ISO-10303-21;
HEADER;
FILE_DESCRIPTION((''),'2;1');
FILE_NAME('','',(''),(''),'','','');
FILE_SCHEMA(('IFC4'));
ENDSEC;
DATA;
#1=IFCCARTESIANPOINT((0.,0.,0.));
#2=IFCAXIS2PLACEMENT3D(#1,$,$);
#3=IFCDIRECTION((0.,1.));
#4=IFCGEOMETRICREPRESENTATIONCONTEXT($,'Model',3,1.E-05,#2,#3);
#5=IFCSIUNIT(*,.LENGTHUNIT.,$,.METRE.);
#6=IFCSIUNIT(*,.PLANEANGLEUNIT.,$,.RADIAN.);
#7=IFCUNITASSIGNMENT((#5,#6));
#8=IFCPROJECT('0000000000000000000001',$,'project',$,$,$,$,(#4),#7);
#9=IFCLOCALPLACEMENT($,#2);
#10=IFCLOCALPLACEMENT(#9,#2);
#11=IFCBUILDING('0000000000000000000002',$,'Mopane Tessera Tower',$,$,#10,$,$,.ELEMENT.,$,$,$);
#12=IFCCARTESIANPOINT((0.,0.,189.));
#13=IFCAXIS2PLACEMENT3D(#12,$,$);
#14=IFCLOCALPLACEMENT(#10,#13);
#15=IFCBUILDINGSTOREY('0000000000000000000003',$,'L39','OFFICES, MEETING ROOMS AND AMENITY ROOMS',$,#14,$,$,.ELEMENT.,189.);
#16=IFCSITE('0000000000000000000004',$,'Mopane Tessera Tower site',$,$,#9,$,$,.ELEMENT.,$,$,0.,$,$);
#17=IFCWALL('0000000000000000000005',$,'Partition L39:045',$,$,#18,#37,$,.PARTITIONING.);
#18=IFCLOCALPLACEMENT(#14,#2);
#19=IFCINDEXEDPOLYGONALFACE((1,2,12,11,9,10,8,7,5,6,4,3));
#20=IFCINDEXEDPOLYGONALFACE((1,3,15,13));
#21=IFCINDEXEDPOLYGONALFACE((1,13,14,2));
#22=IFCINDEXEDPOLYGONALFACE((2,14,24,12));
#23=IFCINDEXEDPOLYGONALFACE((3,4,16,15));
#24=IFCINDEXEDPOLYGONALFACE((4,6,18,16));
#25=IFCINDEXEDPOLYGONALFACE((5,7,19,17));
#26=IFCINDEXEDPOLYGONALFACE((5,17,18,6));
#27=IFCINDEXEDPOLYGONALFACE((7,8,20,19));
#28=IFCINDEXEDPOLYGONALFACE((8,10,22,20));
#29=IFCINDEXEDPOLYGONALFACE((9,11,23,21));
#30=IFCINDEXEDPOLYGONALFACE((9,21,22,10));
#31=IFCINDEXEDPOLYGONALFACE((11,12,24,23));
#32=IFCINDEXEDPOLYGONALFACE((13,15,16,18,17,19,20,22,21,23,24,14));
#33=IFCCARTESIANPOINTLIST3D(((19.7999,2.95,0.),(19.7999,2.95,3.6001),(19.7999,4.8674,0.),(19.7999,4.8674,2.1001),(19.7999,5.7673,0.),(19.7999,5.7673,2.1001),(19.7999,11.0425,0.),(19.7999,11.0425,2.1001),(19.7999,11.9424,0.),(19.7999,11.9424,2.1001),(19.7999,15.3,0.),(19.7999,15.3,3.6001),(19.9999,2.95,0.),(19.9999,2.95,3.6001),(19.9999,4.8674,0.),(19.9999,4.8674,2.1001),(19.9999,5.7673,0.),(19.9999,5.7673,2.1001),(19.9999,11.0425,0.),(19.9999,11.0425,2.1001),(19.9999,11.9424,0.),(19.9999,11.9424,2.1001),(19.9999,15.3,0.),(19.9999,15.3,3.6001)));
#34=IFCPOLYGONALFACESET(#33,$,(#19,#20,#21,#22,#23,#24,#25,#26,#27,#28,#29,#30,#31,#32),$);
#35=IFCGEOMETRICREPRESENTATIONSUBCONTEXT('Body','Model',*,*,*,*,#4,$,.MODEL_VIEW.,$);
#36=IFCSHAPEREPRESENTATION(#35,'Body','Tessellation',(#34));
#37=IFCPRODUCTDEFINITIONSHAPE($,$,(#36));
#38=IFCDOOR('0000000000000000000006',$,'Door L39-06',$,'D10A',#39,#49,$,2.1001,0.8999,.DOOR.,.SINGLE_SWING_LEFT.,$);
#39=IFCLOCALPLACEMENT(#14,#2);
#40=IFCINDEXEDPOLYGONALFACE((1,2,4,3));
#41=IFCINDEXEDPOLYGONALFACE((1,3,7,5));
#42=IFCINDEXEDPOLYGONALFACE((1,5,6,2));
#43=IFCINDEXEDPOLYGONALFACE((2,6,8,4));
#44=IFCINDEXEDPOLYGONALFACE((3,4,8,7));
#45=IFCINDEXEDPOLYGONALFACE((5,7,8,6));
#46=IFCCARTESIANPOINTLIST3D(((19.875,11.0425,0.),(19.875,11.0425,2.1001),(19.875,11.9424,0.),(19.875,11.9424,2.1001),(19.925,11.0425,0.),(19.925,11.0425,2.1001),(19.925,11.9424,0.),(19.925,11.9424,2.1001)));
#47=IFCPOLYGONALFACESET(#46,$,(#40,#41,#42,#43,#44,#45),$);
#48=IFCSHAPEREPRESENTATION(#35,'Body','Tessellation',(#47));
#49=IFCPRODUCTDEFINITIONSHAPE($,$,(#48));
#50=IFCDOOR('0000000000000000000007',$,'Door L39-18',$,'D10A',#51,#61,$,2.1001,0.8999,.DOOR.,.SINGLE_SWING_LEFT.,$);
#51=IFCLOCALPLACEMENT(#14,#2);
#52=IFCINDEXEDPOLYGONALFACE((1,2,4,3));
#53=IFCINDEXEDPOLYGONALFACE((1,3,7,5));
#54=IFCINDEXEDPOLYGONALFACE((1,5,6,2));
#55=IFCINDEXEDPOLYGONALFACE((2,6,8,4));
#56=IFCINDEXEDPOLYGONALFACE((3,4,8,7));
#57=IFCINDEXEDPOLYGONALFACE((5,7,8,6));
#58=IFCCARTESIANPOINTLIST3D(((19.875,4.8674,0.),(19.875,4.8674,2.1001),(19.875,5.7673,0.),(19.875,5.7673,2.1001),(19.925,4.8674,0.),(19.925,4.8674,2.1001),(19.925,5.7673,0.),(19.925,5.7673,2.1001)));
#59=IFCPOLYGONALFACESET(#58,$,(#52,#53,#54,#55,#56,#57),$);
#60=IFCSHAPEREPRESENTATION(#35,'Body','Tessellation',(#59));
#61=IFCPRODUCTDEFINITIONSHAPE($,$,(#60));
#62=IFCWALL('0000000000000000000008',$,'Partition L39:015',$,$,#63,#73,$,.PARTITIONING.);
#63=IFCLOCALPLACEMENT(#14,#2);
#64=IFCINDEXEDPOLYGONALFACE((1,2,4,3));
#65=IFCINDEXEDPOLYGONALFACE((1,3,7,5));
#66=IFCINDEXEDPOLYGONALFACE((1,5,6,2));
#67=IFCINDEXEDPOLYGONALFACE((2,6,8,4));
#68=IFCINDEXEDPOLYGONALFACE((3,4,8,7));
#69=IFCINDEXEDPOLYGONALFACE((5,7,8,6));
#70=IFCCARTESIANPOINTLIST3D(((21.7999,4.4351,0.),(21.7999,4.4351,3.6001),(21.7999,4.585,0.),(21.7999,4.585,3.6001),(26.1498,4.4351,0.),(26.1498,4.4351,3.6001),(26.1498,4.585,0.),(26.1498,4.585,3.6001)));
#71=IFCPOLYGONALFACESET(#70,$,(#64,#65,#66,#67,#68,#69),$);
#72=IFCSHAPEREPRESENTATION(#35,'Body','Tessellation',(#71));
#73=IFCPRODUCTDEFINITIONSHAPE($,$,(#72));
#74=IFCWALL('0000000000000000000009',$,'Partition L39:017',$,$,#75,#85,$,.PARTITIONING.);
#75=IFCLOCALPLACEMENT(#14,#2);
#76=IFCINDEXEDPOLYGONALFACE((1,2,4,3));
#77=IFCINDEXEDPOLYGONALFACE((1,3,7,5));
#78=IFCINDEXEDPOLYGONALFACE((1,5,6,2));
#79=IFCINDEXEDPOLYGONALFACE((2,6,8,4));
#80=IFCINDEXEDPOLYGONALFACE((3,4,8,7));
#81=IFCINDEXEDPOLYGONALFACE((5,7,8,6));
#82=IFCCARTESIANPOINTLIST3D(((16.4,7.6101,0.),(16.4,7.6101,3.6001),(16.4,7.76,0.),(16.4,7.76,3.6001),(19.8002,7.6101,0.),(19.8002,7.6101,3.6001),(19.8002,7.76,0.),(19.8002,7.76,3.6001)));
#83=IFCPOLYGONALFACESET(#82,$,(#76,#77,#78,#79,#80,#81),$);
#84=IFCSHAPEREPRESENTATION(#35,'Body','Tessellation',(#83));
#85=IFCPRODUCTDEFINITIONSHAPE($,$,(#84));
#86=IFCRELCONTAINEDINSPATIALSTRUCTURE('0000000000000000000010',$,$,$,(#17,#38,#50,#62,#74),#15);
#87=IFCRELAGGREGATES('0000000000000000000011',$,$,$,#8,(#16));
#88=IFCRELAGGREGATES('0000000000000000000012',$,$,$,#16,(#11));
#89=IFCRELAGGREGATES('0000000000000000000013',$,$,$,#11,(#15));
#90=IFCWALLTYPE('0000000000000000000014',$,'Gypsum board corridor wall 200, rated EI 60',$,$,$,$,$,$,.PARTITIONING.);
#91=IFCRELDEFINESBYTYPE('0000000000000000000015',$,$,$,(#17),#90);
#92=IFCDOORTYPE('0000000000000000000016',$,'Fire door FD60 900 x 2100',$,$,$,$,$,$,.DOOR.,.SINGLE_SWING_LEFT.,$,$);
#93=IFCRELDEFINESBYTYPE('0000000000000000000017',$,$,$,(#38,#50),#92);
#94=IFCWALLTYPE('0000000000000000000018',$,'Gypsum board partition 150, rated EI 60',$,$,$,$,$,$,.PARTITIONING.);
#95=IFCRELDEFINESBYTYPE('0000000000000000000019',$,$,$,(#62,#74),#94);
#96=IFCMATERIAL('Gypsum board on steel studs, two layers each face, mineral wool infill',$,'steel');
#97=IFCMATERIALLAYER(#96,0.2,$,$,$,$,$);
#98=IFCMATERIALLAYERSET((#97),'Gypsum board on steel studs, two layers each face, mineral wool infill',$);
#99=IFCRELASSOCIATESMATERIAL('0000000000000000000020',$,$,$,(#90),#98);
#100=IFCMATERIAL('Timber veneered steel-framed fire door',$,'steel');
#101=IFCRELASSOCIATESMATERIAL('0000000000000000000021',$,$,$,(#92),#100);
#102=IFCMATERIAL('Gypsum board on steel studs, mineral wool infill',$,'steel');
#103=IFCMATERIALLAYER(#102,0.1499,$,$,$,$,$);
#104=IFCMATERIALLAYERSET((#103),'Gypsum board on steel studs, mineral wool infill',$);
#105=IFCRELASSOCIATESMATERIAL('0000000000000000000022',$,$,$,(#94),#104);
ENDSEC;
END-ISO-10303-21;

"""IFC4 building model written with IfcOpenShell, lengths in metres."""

from ifc_helpers import new_model, si_unit, direction, frame, frame_2d, origin, place, context, subcontext, project, spatial, rectangle, extrude, material, layer, layer_set, type_object, element, fill, save


model = new_model("IFC4")

# Units and contexts
model_context = context("Model", 3, precision=1e-05, world=origin(), true_north=direction((0.0, 1.0)))
body_context = subcontext(model_context, "Body", "Model", "MODEL_VIEW")
ifc_project = project(units=[si_unit("LENGTHUNIT", "METRE"), si_unit("PLANEANGLEUNIT", "RADIAN")], contexts=[model_context])

# Site, building, storey
site_placement = place(None, origin())
site = spatial("IfcSite", under=ifc_project, at=site_placement, Name="Mopane Tessera Tower site", CompositionType="ELEMENT", RefElevation=0.0)
building_placement = place(site_placement, origin())
building = spatial("IfcBuilding", under=site, at=building_placement, Name="Mopane Tessera Tower", CompositionType="ELEMENT")
storey_placement = place(building_placement, frame((0.0, 0.0, 189.0)))
storey = spatial("IfcBuildingStorey", under=building, at=storey_placement, Name="L39", Description="OFFICES, MEETING ROOMS AND AMENITY ROOMS", CompositionType="ELEMENT", Elevation=189.0)

# Shared definitions
ifc_material_1 = material(Name="Gypsum board on steel studs, two layers each face, mineral wool infill", Category="steel")
ifc_layer_1 = layer(ifc_material_1, 0.2)
ifc_layer_set_1 = layer_set([ifc_layer_1], Name="Gypsum board on steel studs, two layers each face, mineral wool infill")
wall_type_1 = type_object("IfcWallType", Name="Gypsum board corridor wall 200, rated EI 60", PredefinedType="PARTITIONING", material=ifc_layer_set_1)

# Wall, openings, doors
wall_1_placement = place(storey_placement, frame((19.8999, 2.95, 0.0), z_axis=(0.0, 0.0, 1.0), x_axis=(0.0, 1.0, 0.0)))
wall_1 = element("IfcWall", 1, at=wall_1_placement, inside=storey, type_object=wall_type_1, Name="Partition L39:045", PredefinedType="PARTITIONING", context=body_context, shape_type="SweptSolid", body=[
    extrude(rectangle(XDim=12.3501, YDim=0.2, at=frame_2d((6.175, 0.0))), origin(), (0.0, 0.0, 1.0), 3.6001),
])
opening_1_placement = place(wall_1_placement, frame((8.0925, 0.0, 0.0)))
opening_1 = element("IfcOpeningElement", 2, at=opening_1_placement, cuts=wall_1, PredefinedType="OPENING", context=body_context, shape_type="SweptSolid", body=[
    extrude(rectangle(XDim=0.8999, YDim=2.1001, at=frame_2d((0.45, 1.05))), frame((0.0, 0.1121, 0.0), z_axis=(0.0, -1.0, 0.0), x_axis=(1.0, 0.0, 0.0)), (0.0, 0.0, 1.0), 0.2239),
])
opening_2_placement = place(wall_1_placement, frame((1.9175, 0.0, 0.0)))
opening_2 = element("IfcOpeningElement", 3, at=opening_2_placement, cuts=wall_1, PredefinedType="OPENING", context=body_context, shape_type="SweptSolid", body=[
    extrude(rectangle(XDim=0.8999, YDim=2.1001, at=frame_2d((0.45, 1.05))), frame((0.0, 0.1121, 0.0), z_axis=(0.0, -1.0, 0.0), x_axis=(1.0, 0.0, 0.0)), (0.0, 0.0, 1.0), 0.2239),
])
ifc_material_2 = material(Name="Timber veneered steel-framed fire door", Category="steel")
door_type = type_object("IfcDoorType", Name="Fire door FD60 900 x 2100", OperationType="SINGLE_SWING_LEFT", PredefinedType="DOOR", material=ifc_material_2)
door_1_placement = place(opening_1_placement, origin())
door_1 = element("IfcDoor", 4, at=door_1_placement, inside=storey, type_object=door_type, Name="Door L39-06", ObjectType="D10A", OperationType="SINGLE_SWING_LEFT", OverallHeight=2.1001, OverallWidth=0.8999, PredefinedType="DOOR", context=body_context, shape_type="SweptSolid", body=[
    extrude(rectangle(XDim=0.8999, YDim=2.1001, at=frame_2d((0.45, 1.05))), frame((0.0, 0.0249, 0.0), z_axis=(0.0, -1.0, 0.0), x_axis=(1.0, 0.0, 0.0)), (0.0, 0.0, 1.0), 0.05),
])
fill(opening_1, door_1)
door_2_placement = place(opening_2_placement, origin())
door_2 = element("IfcDoor", 5, at=door_2_placement, inside=storey, type_object=door_type, Name="Door L39-18", ObjectType="D10A", OperationType="SINGLE_SWING_LEFT", OverallHeight=2.1001, OverallWidth=0.8999, PredefinedType="DOOR", context=body_context, shape_type="SweptSolid", body=[
    extrude(rectangle(XDim=0.8999, YDim=2.1001, at=frame_2d((0.45, 1.05))), frame((0.0, 0.0249, 0.0), z_axis=(0.0, -1.0, 0.0), x_axis=(1.0, 0.0, 0.0)), (0.0, 0.0, 1.0), 0.05),
])
fill(opening_2, door_2)

# Walls
ifc_material_3 = material(Name="Gypsum board on steel studs, mineral wool infill", Category="steel")
ifc_layer_2 = layer(ifc_material_3, 0.1499)
ifc_layer_set_2 = layer_set([ifc_layer_2], Name="Gypsum board on steel studs, mineral wool infill")
wall_type_2 = type_object("IfcWallType", Name="Gypsum board partition 150, rated EI 60", PredefinedType="PARTITIONING", material=ifc_layer_set_2)
wall_2_placement = place(storey_placement, frame((21.8, 4.51, 0.0), z_axis=(0.0, 0.0, 1.0), x_axis=(1.0, 0.0, 0.0)))
element("IfcWall", 6, at=wall_2_placement, inside=storey, type_object=wall_type_2, Name="Partition L39:015", PredefinedType="PARTITIONING", context=body_context, shape_type="SweptSolid", body=[
    extrude(rectangle(XDim=4.3499, YDim=0.1499, at=frame_2d((2.1748, 0.0))), origin(), (0.0, 0.0, 1.0), 3.6001),
])
wall_3_placement = place(storey_placement, frame((16.3999, 7.6851, 0.0), z_axis=(0.0, 0.0, 1.0), x_axis=(1.0, 0.0, 0.0)))
element("IfcWall", 7, at=wall_3_placement, inside=storey, type_object=wall_type_2, Name="Partition L39:017", PredefinedType="PARTITIONING", context=body_context, shape_type="SweptSolid", body=[
    extrude(rectangle(XDim=3.4001, YDim=0.1499, at=frame_2d((1.7002, 0.0))), origin(), (0.0, 0.0, 1.0), 3.6001),
])

save(model, "model.ifc")
